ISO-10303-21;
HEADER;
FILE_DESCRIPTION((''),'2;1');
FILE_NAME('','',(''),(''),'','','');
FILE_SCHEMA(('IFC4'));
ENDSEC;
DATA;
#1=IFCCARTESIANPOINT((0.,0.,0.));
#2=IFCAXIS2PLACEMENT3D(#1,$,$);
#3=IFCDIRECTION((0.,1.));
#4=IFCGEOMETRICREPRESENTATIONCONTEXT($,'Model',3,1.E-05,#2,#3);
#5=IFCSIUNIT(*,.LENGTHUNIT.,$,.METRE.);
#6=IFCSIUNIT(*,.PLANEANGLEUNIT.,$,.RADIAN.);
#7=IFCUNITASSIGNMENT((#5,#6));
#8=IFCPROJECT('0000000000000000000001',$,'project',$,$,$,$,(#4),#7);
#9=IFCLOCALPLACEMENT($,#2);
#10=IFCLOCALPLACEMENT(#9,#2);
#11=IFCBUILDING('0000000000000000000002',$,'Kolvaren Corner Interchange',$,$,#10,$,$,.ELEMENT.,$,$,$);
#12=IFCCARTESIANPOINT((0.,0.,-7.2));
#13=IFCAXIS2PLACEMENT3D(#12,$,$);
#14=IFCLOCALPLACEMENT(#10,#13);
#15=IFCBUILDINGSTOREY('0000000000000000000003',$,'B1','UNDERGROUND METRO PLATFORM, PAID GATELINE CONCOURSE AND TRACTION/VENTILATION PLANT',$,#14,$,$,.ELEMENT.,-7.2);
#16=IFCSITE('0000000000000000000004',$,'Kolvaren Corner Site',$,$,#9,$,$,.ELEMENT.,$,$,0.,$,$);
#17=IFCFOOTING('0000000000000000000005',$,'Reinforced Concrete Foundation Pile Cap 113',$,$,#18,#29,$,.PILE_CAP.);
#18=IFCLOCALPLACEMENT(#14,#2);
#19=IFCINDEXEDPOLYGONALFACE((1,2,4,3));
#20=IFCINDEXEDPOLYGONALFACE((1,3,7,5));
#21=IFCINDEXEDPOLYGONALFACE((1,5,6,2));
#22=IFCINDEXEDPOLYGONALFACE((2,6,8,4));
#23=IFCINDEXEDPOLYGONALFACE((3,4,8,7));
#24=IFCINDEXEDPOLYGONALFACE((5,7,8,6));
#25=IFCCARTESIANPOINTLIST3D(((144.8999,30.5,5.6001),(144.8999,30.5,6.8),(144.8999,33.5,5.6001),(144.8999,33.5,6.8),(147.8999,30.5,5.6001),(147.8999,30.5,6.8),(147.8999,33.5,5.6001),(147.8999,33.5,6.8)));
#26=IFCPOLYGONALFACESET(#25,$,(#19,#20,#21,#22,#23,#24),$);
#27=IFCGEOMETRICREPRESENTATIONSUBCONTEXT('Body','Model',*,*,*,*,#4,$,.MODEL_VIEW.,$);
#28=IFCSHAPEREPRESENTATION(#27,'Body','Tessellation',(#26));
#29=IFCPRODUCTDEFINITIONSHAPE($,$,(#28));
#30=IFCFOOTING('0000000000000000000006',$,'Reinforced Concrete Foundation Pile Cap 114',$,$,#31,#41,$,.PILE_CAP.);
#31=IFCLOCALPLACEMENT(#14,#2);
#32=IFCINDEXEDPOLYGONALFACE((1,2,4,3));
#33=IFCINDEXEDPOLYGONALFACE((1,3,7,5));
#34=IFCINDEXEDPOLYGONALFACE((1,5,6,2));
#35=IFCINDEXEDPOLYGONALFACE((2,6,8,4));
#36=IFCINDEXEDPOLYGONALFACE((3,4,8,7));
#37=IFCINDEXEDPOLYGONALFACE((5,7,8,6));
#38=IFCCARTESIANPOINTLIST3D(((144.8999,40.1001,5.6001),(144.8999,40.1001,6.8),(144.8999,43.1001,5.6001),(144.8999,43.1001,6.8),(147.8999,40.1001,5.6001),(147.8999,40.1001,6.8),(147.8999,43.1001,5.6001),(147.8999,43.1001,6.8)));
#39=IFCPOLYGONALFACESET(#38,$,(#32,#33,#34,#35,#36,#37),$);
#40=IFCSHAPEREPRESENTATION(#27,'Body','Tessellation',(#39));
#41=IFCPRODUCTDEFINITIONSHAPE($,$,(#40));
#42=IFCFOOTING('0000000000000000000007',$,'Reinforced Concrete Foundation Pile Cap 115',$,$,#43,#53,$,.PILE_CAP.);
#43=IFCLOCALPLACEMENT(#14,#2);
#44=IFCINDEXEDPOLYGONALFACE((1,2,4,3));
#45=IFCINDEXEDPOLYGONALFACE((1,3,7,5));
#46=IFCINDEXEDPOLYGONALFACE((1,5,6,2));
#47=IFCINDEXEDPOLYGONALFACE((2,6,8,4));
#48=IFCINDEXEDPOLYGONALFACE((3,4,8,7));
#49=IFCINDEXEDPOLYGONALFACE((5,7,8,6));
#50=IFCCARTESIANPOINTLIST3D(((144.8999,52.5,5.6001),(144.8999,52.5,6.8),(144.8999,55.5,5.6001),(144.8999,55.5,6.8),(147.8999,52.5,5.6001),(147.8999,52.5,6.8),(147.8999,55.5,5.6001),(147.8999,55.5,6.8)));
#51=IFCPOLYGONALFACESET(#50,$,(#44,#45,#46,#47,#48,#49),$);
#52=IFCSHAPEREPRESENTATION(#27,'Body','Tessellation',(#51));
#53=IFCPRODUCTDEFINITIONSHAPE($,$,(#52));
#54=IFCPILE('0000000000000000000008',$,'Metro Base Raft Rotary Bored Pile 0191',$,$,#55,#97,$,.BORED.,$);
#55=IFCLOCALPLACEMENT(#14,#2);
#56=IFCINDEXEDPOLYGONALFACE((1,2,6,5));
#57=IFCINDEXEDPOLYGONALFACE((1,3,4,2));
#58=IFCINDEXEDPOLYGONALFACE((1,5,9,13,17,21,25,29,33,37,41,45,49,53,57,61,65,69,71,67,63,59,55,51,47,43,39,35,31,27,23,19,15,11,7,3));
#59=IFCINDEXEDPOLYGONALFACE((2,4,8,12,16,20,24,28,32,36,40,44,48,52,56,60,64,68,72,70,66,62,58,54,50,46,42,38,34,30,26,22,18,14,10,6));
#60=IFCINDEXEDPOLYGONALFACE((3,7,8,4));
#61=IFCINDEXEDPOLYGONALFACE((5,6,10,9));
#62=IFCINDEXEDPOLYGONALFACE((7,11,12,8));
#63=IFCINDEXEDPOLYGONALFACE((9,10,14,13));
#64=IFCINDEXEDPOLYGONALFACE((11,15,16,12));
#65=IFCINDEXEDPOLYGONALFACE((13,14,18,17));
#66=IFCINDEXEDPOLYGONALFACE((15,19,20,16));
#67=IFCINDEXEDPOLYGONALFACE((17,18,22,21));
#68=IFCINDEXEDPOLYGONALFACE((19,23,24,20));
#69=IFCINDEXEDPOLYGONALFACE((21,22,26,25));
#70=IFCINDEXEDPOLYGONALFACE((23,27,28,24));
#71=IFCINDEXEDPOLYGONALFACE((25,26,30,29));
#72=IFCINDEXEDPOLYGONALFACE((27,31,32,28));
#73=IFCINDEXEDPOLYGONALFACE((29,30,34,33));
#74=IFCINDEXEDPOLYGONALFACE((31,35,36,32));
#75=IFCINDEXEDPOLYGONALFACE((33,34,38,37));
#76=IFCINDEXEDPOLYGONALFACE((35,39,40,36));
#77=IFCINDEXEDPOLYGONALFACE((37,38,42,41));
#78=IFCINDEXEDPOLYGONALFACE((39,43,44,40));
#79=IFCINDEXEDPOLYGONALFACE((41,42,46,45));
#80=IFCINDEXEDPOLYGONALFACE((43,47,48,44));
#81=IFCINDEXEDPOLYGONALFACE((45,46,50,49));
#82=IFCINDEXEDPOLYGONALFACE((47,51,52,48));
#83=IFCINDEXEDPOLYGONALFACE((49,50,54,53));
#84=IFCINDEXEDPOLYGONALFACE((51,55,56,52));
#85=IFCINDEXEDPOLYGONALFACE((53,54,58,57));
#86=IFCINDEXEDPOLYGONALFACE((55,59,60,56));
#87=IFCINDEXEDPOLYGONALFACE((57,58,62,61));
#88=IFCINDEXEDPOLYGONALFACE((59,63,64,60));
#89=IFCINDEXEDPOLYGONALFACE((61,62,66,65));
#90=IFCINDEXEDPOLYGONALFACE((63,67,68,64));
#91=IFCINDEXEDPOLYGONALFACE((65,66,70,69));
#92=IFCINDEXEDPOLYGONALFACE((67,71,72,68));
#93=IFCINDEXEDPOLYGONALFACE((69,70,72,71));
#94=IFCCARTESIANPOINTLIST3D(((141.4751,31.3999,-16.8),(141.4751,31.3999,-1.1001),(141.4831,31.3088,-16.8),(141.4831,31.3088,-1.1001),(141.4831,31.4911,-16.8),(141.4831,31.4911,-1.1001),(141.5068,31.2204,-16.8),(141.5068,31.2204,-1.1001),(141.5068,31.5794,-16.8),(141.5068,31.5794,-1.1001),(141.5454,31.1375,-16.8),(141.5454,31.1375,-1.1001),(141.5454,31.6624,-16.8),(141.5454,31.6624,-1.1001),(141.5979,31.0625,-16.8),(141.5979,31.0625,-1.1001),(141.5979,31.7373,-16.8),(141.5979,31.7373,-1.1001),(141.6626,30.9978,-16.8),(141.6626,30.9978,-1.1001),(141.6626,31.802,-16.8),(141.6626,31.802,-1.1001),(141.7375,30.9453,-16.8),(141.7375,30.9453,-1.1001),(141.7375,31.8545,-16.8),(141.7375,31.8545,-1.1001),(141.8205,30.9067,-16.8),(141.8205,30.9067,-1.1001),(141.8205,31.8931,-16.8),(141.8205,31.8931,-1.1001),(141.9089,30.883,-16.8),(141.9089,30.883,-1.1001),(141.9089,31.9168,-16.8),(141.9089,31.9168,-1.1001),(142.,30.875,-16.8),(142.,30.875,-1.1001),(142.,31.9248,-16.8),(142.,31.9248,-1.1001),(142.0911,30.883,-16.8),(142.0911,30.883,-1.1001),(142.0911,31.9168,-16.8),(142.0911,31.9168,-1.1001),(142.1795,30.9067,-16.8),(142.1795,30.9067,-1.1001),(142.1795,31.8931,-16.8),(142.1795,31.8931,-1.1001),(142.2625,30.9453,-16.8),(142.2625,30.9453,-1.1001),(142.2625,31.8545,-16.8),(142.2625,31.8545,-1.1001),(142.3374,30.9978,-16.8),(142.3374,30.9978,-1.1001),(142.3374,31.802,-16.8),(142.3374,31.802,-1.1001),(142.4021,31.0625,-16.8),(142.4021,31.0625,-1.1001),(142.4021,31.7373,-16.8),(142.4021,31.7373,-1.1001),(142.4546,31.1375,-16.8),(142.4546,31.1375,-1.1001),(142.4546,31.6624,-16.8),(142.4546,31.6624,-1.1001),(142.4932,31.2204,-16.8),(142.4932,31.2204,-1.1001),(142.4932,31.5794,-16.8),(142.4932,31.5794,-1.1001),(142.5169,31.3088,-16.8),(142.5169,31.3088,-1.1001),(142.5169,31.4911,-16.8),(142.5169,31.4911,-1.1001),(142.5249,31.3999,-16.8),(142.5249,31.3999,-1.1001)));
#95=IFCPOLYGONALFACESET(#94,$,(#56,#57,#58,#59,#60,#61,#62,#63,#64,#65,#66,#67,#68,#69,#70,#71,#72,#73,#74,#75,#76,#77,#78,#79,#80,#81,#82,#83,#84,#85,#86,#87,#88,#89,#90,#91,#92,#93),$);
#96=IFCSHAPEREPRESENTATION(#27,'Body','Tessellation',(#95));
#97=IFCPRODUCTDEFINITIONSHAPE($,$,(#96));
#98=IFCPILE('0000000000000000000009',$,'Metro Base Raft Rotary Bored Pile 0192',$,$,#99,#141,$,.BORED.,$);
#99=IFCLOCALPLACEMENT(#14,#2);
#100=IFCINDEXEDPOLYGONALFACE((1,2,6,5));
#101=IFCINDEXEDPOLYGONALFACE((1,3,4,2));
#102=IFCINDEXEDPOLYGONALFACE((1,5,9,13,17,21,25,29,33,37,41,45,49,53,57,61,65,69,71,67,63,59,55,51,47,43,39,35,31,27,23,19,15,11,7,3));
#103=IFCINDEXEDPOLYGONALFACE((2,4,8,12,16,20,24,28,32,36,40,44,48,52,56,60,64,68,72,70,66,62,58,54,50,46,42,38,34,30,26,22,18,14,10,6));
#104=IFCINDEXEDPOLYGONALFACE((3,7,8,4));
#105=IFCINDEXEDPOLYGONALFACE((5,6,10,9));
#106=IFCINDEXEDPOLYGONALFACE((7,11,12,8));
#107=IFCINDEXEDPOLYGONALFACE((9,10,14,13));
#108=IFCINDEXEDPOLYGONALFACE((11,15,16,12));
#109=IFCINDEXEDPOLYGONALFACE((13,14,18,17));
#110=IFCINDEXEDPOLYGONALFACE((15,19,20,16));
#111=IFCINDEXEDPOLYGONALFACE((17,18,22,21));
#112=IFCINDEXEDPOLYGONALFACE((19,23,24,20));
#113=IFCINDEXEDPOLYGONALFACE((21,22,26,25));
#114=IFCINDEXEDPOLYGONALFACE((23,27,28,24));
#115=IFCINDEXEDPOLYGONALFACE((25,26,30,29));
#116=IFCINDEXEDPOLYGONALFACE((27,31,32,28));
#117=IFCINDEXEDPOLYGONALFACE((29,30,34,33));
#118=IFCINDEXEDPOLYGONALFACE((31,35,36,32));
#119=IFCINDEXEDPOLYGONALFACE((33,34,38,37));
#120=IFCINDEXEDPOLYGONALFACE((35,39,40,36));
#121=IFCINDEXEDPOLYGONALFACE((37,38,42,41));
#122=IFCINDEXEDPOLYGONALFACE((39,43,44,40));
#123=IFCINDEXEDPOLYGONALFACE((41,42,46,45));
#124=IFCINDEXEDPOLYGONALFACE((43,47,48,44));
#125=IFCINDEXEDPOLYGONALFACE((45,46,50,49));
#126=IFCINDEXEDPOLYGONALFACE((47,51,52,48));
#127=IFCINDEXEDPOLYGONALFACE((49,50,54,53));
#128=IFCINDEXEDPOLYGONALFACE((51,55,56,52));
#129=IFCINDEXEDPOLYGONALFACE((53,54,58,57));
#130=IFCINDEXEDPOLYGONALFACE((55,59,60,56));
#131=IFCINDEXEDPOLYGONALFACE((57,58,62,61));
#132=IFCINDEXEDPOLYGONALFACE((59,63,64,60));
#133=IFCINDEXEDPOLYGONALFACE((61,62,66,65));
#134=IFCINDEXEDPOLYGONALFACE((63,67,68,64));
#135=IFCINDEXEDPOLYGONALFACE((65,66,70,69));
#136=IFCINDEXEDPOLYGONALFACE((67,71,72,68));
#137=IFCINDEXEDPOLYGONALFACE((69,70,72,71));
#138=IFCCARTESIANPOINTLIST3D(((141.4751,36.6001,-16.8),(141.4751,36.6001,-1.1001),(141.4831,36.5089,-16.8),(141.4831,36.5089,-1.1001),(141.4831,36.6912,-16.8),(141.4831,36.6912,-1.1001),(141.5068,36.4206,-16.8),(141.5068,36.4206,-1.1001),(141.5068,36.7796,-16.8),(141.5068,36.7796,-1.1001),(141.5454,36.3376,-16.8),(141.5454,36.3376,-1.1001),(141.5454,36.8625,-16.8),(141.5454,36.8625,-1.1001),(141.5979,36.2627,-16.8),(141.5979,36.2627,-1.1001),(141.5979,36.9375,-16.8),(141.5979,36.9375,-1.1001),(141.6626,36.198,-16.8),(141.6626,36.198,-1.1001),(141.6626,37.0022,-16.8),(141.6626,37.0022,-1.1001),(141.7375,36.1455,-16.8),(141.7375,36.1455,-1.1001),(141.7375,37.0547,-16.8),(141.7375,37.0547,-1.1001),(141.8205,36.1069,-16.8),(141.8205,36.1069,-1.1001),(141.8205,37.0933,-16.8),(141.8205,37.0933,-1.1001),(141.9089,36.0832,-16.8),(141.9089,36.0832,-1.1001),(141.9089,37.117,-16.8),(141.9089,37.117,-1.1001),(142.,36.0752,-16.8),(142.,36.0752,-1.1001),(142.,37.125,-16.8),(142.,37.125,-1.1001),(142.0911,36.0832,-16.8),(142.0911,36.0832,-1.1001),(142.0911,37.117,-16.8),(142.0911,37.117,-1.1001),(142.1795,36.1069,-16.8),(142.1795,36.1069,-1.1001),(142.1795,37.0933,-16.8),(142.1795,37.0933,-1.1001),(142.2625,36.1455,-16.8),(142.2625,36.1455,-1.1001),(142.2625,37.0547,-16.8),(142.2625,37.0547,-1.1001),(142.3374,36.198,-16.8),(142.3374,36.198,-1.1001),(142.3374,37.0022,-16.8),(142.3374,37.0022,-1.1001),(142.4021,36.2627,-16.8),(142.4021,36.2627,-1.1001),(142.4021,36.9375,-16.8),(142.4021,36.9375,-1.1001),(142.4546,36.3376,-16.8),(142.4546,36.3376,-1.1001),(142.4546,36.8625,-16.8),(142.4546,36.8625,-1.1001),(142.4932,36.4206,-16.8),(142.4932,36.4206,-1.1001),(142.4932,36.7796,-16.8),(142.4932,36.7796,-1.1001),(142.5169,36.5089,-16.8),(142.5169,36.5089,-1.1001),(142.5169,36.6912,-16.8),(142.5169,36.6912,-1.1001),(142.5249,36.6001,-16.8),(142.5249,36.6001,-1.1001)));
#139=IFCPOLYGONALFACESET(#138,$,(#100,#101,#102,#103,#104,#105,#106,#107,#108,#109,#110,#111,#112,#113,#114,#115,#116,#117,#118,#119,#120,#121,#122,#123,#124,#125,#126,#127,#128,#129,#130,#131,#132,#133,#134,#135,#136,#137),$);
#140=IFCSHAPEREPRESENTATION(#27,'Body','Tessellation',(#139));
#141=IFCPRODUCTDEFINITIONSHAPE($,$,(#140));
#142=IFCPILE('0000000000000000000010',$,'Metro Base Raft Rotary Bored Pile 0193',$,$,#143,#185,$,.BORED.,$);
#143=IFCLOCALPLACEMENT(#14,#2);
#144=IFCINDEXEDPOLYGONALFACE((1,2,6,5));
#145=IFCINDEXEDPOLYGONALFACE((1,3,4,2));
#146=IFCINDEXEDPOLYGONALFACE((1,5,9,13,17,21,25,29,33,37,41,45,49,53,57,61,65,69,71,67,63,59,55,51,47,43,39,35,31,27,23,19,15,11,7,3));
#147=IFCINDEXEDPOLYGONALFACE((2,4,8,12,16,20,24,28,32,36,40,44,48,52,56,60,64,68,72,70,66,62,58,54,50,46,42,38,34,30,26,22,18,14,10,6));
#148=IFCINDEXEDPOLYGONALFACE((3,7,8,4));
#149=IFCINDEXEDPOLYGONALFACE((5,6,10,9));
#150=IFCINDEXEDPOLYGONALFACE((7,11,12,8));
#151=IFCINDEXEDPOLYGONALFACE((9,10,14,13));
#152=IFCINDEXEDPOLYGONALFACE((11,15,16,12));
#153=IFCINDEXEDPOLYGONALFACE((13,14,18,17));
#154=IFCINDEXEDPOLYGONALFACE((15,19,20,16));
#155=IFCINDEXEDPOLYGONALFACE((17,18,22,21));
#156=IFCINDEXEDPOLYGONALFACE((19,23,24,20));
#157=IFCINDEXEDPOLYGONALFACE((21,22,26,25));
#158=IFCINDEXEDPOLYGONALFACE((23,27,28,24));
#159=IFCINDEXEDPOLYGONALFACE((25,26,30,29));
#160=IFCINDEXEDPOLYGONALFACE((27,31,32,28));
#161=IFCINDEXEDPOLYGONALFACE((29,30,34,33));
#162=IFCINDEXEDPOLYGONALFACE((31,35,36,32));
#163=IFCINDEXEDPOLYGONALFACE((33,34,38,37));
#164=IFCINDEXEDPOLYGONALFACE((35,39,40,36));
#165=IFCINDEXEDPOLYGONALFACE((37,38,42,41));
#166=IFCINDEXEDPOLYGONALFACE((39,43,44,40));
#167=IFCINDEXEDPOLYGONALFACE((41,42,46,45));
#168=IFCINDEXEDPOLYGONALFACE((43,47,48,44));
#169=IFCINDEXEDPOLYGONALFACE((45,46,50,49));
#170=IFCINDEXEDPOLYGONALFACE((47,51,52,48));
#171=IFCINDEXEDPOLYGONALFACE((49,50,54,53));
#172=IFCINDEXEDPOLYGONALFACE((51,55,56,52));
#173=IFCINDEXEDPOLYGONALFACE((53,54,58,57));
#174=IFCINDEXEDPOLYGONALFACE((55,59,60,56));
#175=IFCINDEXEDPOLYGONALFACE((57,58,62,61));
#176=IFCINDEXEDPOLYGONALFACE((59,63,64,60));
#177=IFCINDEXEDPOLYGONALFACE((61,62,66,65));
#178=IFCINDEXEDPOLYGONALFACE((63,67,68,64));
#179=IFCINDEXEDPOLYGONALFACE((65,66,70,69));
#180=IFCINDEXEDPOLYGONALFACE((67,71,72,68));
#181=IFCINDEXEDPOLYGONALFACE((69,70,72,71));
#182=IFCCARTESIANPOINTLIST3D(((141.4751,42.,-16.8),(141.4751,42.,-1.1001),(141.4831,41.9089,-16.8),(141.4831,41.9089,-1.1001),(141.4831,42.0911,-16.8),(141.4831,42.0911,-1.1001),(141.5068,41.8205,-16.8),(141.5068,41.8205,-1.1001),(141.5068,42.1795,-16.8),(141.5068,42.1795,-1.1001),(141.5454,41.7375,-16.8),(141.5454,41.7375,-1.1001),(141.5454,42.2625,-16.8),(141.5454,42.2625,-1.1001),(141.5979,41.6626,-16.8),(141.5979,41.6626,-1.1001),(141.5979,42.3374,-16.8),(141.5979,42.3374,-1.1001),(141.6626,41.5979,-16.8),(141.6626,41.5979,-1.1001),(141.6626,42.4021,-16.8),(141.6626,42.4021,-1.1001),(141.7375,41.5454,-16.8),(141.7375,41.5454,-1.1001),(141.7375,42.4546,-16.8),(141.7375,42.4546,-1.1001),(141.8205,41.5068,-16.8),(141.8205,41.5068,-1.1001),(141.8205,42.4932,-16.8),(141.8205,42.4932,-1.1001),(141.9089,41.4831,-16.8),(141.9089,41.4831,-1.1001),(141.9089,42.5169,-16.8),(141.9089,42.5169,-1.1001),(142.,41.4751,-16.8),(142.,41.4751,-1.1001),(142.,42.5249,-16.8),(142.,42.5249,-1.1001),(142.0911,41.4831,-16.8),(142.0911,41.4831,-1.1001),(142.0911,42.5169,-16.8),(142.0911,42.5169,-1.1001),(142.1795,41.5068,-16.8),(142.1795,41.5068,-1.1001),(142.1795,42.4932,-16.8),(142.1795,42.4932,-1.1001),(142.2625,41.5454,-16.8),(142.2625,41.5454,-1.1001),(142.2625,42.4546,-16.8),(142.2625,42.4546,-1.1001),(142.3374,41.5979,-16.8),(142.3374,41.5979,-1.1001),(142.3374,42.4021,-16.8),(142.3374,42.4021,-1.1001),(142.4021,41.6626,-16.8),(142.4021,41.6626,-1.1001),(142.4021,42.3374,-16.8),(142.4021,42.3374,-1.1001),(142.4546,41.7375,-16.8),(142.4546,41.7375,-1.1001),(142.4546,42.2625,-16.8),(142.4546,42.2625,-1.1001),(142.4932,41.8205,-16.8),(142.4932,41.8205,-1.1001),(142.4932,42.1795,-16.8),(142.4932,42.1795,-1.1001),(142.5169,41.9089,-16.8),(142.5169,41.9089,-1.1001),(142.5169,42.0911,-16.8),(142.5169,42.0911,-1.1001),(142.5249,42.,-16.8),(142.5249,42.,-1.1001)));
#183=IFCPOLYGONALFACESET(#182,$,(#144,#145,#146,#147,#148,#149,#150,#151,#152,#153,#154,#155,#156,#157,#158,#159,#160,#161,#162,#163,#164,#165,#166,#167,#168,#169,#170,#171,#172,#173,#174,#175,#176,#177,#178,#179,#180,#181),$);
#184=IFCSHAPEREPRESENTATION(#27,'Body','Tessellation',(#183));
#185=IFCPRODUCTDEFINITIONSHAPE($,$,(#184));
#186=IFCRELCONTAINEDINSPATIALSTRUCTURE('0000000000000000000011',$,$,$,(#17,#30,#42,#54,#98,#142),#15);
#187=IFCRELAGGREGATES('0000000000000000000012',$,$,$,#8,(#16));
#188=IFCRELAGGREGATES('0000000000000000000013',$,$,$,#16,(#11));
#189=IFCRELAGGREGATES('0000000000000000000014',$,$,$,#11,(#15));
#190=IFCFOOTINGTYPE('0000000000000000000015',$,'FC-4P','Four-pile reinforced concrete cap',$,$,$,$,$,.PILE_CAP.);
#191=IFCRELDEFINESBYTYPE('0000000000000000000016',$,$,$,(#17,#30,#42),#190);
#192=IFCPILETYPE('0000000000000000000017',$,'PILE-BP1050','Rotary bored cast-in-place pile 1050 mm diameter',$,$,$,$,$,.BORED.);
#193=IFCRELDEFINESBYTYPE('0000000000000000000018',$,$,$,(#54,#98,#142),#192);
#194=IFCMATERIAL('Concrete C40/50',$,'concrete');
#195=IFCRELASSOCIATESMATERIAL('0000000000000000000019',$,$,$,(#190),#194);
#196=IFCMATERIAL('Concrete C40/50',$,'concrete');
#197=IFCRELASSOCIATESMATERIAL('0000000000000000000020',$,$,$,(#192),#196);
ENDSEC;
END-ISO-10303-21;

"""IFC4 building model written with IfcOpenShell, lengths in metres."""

from ifc_helpers import new_model, si_unit, direction, frame, origin, origin_2d, place, context, subcontext, project, spatial, rectangle, circle, extrude, material, material_profile, profile_set, type_object, element, save


model = new_model("IFC4")

# Units and contexts
model_context = context("Model", 3, precision=1e-05, world=origin(), true_north=direction((0.0, 1.0)))
body_context = subcontext(model_context, "Body", "Model", "MODEL_VIEW")
ifc_project = project(units=[si_unit("LENGTHUNIT", "METRE"), si_unit("PLANEANGLEUNIT", "RADIAN")], contexts=[model_context])

# Site, building, storey
site_placement = place(None, origin())
site = spatial("IfcSite", under=ifc_project, at=site_placement, Name="Kolvaren Corner Site", CompositionType="ELEMENT", RefElevation=0.0)
building_placement = place(site_placement, origin())
building = spatial("IfcBuilding", under=site, at=building_placement, Name="Kolvaren Corner Interchange", CompositionType="ELEMENT")
storey_placement = place(building_placement, frame((0.0, 0.0, -7.2)))
storey = spatial("IfcBuildingStorey", under=building, at=storey_placement, Name="B1", Description="UNDERGROUND METRO PLATFORM, PAID GATELINE CONCOURSE AND TRACTION/VENTILATION PLANT", CompositionType="ELEMENT", Elevation=-7.2)

# Footings
ifc_material_1 = material(Name="Concrete C40/50", Category="concrete")
footing_type = type_object("IfcFootingType", Name="FC-4P", Description="Four-pile reinforced concrete cap", PredefinedType="PILE_CAP", material=ifc_material_1)
for number, where, z_axis, x_axis, name in (
    (1, (146.3999, 32.0, 5.6001), (0.0, 0.0, 1.0), (1.0, 0.0, 0.0), "Reinforced Concrete Foundation Pile Cap 113"),
    (2, (146.3999, 41.6001, 5.6001), (0.0, 0.0, 1.0), (1.0, 0.0, 0.0), "Reinforced Concrete Foundation Pile Cap 114"),
    (3, (146.3999, 54.0, 5.6001), (0.0, 0.0, 1.0), (1.0, 0.0, 0.0), "Reinforced Concrete Foundation Pile Cap 115"),
):
    element("IfcFooting", number, at=place(storey_placement, frame(where, z_axis=z_axis, x_axis=x_axis)), inside=storey, type_object=footing_type, Name=name, PredefinedType="PILE_CAP", context=body_context, shape_type="SweptSolid", body=[
        extrude(rectangle(XDim=3.0, YDim=3.0, at=origin_2d()), origin(), (0.0, 0.0, 1.0), 1.2),
    ])

# Piles
ifc_material_2 = material(Name="Concrete C40/50", Category="concrete")
ifc_material_profile_1 = material_profile(ifc_material_2, circle(Radius=0.5249, at=origin_2d()), Name="BORED PILE 1050")
ifc_profile_set_1 = profile_set([ifc_material_profile_1], Name="Concrete C40/50")
pile_type_1 = type_object("IfcPileType", Name="PILE-BP1050", Description="Rotary bored cast-in-place pile 1050 mm diameter", PredefinedType="BORED", material=ifc_profile_set_1)
for number, where, z_axis, x_axis, name in (
    (4, (142.0, 31.3999, -1.1001), (0.0, 0.0, -1.0), (1.0, 0.0, 0.0), "Metro Base Raft Rotary Bored Pile 0191"),
    (5, (142.0, 36.6001, -1.1001), (0.0, 0.0, -1.0), (1.0, 0.0, 0.0), "Metro Base Raft Rotary Bored Pile 0192"),
    (6, (142.0, 42.0, -1.1001), (0.0, 0.0, -1.0), (1.0, 0.0, 0.0), "Metro Base Raft Rotary Bored Pile 0193"),
):
    element("IfcPile", number, at=place(storey_placement, frame(where, z_axis=z_axis, x_axis=x_axis)), inside=storey, type_object=pile_type_1, Name=name, PredefinedType="BORED", context=body_context, shape_type="SweptSolid", body=[
        extrude(circle(Radius=0.5249, at=origin_2d()), origin(), (0.0, 0.0, 1.0), 15.7),
    ])

save(model, "model.ifc")
